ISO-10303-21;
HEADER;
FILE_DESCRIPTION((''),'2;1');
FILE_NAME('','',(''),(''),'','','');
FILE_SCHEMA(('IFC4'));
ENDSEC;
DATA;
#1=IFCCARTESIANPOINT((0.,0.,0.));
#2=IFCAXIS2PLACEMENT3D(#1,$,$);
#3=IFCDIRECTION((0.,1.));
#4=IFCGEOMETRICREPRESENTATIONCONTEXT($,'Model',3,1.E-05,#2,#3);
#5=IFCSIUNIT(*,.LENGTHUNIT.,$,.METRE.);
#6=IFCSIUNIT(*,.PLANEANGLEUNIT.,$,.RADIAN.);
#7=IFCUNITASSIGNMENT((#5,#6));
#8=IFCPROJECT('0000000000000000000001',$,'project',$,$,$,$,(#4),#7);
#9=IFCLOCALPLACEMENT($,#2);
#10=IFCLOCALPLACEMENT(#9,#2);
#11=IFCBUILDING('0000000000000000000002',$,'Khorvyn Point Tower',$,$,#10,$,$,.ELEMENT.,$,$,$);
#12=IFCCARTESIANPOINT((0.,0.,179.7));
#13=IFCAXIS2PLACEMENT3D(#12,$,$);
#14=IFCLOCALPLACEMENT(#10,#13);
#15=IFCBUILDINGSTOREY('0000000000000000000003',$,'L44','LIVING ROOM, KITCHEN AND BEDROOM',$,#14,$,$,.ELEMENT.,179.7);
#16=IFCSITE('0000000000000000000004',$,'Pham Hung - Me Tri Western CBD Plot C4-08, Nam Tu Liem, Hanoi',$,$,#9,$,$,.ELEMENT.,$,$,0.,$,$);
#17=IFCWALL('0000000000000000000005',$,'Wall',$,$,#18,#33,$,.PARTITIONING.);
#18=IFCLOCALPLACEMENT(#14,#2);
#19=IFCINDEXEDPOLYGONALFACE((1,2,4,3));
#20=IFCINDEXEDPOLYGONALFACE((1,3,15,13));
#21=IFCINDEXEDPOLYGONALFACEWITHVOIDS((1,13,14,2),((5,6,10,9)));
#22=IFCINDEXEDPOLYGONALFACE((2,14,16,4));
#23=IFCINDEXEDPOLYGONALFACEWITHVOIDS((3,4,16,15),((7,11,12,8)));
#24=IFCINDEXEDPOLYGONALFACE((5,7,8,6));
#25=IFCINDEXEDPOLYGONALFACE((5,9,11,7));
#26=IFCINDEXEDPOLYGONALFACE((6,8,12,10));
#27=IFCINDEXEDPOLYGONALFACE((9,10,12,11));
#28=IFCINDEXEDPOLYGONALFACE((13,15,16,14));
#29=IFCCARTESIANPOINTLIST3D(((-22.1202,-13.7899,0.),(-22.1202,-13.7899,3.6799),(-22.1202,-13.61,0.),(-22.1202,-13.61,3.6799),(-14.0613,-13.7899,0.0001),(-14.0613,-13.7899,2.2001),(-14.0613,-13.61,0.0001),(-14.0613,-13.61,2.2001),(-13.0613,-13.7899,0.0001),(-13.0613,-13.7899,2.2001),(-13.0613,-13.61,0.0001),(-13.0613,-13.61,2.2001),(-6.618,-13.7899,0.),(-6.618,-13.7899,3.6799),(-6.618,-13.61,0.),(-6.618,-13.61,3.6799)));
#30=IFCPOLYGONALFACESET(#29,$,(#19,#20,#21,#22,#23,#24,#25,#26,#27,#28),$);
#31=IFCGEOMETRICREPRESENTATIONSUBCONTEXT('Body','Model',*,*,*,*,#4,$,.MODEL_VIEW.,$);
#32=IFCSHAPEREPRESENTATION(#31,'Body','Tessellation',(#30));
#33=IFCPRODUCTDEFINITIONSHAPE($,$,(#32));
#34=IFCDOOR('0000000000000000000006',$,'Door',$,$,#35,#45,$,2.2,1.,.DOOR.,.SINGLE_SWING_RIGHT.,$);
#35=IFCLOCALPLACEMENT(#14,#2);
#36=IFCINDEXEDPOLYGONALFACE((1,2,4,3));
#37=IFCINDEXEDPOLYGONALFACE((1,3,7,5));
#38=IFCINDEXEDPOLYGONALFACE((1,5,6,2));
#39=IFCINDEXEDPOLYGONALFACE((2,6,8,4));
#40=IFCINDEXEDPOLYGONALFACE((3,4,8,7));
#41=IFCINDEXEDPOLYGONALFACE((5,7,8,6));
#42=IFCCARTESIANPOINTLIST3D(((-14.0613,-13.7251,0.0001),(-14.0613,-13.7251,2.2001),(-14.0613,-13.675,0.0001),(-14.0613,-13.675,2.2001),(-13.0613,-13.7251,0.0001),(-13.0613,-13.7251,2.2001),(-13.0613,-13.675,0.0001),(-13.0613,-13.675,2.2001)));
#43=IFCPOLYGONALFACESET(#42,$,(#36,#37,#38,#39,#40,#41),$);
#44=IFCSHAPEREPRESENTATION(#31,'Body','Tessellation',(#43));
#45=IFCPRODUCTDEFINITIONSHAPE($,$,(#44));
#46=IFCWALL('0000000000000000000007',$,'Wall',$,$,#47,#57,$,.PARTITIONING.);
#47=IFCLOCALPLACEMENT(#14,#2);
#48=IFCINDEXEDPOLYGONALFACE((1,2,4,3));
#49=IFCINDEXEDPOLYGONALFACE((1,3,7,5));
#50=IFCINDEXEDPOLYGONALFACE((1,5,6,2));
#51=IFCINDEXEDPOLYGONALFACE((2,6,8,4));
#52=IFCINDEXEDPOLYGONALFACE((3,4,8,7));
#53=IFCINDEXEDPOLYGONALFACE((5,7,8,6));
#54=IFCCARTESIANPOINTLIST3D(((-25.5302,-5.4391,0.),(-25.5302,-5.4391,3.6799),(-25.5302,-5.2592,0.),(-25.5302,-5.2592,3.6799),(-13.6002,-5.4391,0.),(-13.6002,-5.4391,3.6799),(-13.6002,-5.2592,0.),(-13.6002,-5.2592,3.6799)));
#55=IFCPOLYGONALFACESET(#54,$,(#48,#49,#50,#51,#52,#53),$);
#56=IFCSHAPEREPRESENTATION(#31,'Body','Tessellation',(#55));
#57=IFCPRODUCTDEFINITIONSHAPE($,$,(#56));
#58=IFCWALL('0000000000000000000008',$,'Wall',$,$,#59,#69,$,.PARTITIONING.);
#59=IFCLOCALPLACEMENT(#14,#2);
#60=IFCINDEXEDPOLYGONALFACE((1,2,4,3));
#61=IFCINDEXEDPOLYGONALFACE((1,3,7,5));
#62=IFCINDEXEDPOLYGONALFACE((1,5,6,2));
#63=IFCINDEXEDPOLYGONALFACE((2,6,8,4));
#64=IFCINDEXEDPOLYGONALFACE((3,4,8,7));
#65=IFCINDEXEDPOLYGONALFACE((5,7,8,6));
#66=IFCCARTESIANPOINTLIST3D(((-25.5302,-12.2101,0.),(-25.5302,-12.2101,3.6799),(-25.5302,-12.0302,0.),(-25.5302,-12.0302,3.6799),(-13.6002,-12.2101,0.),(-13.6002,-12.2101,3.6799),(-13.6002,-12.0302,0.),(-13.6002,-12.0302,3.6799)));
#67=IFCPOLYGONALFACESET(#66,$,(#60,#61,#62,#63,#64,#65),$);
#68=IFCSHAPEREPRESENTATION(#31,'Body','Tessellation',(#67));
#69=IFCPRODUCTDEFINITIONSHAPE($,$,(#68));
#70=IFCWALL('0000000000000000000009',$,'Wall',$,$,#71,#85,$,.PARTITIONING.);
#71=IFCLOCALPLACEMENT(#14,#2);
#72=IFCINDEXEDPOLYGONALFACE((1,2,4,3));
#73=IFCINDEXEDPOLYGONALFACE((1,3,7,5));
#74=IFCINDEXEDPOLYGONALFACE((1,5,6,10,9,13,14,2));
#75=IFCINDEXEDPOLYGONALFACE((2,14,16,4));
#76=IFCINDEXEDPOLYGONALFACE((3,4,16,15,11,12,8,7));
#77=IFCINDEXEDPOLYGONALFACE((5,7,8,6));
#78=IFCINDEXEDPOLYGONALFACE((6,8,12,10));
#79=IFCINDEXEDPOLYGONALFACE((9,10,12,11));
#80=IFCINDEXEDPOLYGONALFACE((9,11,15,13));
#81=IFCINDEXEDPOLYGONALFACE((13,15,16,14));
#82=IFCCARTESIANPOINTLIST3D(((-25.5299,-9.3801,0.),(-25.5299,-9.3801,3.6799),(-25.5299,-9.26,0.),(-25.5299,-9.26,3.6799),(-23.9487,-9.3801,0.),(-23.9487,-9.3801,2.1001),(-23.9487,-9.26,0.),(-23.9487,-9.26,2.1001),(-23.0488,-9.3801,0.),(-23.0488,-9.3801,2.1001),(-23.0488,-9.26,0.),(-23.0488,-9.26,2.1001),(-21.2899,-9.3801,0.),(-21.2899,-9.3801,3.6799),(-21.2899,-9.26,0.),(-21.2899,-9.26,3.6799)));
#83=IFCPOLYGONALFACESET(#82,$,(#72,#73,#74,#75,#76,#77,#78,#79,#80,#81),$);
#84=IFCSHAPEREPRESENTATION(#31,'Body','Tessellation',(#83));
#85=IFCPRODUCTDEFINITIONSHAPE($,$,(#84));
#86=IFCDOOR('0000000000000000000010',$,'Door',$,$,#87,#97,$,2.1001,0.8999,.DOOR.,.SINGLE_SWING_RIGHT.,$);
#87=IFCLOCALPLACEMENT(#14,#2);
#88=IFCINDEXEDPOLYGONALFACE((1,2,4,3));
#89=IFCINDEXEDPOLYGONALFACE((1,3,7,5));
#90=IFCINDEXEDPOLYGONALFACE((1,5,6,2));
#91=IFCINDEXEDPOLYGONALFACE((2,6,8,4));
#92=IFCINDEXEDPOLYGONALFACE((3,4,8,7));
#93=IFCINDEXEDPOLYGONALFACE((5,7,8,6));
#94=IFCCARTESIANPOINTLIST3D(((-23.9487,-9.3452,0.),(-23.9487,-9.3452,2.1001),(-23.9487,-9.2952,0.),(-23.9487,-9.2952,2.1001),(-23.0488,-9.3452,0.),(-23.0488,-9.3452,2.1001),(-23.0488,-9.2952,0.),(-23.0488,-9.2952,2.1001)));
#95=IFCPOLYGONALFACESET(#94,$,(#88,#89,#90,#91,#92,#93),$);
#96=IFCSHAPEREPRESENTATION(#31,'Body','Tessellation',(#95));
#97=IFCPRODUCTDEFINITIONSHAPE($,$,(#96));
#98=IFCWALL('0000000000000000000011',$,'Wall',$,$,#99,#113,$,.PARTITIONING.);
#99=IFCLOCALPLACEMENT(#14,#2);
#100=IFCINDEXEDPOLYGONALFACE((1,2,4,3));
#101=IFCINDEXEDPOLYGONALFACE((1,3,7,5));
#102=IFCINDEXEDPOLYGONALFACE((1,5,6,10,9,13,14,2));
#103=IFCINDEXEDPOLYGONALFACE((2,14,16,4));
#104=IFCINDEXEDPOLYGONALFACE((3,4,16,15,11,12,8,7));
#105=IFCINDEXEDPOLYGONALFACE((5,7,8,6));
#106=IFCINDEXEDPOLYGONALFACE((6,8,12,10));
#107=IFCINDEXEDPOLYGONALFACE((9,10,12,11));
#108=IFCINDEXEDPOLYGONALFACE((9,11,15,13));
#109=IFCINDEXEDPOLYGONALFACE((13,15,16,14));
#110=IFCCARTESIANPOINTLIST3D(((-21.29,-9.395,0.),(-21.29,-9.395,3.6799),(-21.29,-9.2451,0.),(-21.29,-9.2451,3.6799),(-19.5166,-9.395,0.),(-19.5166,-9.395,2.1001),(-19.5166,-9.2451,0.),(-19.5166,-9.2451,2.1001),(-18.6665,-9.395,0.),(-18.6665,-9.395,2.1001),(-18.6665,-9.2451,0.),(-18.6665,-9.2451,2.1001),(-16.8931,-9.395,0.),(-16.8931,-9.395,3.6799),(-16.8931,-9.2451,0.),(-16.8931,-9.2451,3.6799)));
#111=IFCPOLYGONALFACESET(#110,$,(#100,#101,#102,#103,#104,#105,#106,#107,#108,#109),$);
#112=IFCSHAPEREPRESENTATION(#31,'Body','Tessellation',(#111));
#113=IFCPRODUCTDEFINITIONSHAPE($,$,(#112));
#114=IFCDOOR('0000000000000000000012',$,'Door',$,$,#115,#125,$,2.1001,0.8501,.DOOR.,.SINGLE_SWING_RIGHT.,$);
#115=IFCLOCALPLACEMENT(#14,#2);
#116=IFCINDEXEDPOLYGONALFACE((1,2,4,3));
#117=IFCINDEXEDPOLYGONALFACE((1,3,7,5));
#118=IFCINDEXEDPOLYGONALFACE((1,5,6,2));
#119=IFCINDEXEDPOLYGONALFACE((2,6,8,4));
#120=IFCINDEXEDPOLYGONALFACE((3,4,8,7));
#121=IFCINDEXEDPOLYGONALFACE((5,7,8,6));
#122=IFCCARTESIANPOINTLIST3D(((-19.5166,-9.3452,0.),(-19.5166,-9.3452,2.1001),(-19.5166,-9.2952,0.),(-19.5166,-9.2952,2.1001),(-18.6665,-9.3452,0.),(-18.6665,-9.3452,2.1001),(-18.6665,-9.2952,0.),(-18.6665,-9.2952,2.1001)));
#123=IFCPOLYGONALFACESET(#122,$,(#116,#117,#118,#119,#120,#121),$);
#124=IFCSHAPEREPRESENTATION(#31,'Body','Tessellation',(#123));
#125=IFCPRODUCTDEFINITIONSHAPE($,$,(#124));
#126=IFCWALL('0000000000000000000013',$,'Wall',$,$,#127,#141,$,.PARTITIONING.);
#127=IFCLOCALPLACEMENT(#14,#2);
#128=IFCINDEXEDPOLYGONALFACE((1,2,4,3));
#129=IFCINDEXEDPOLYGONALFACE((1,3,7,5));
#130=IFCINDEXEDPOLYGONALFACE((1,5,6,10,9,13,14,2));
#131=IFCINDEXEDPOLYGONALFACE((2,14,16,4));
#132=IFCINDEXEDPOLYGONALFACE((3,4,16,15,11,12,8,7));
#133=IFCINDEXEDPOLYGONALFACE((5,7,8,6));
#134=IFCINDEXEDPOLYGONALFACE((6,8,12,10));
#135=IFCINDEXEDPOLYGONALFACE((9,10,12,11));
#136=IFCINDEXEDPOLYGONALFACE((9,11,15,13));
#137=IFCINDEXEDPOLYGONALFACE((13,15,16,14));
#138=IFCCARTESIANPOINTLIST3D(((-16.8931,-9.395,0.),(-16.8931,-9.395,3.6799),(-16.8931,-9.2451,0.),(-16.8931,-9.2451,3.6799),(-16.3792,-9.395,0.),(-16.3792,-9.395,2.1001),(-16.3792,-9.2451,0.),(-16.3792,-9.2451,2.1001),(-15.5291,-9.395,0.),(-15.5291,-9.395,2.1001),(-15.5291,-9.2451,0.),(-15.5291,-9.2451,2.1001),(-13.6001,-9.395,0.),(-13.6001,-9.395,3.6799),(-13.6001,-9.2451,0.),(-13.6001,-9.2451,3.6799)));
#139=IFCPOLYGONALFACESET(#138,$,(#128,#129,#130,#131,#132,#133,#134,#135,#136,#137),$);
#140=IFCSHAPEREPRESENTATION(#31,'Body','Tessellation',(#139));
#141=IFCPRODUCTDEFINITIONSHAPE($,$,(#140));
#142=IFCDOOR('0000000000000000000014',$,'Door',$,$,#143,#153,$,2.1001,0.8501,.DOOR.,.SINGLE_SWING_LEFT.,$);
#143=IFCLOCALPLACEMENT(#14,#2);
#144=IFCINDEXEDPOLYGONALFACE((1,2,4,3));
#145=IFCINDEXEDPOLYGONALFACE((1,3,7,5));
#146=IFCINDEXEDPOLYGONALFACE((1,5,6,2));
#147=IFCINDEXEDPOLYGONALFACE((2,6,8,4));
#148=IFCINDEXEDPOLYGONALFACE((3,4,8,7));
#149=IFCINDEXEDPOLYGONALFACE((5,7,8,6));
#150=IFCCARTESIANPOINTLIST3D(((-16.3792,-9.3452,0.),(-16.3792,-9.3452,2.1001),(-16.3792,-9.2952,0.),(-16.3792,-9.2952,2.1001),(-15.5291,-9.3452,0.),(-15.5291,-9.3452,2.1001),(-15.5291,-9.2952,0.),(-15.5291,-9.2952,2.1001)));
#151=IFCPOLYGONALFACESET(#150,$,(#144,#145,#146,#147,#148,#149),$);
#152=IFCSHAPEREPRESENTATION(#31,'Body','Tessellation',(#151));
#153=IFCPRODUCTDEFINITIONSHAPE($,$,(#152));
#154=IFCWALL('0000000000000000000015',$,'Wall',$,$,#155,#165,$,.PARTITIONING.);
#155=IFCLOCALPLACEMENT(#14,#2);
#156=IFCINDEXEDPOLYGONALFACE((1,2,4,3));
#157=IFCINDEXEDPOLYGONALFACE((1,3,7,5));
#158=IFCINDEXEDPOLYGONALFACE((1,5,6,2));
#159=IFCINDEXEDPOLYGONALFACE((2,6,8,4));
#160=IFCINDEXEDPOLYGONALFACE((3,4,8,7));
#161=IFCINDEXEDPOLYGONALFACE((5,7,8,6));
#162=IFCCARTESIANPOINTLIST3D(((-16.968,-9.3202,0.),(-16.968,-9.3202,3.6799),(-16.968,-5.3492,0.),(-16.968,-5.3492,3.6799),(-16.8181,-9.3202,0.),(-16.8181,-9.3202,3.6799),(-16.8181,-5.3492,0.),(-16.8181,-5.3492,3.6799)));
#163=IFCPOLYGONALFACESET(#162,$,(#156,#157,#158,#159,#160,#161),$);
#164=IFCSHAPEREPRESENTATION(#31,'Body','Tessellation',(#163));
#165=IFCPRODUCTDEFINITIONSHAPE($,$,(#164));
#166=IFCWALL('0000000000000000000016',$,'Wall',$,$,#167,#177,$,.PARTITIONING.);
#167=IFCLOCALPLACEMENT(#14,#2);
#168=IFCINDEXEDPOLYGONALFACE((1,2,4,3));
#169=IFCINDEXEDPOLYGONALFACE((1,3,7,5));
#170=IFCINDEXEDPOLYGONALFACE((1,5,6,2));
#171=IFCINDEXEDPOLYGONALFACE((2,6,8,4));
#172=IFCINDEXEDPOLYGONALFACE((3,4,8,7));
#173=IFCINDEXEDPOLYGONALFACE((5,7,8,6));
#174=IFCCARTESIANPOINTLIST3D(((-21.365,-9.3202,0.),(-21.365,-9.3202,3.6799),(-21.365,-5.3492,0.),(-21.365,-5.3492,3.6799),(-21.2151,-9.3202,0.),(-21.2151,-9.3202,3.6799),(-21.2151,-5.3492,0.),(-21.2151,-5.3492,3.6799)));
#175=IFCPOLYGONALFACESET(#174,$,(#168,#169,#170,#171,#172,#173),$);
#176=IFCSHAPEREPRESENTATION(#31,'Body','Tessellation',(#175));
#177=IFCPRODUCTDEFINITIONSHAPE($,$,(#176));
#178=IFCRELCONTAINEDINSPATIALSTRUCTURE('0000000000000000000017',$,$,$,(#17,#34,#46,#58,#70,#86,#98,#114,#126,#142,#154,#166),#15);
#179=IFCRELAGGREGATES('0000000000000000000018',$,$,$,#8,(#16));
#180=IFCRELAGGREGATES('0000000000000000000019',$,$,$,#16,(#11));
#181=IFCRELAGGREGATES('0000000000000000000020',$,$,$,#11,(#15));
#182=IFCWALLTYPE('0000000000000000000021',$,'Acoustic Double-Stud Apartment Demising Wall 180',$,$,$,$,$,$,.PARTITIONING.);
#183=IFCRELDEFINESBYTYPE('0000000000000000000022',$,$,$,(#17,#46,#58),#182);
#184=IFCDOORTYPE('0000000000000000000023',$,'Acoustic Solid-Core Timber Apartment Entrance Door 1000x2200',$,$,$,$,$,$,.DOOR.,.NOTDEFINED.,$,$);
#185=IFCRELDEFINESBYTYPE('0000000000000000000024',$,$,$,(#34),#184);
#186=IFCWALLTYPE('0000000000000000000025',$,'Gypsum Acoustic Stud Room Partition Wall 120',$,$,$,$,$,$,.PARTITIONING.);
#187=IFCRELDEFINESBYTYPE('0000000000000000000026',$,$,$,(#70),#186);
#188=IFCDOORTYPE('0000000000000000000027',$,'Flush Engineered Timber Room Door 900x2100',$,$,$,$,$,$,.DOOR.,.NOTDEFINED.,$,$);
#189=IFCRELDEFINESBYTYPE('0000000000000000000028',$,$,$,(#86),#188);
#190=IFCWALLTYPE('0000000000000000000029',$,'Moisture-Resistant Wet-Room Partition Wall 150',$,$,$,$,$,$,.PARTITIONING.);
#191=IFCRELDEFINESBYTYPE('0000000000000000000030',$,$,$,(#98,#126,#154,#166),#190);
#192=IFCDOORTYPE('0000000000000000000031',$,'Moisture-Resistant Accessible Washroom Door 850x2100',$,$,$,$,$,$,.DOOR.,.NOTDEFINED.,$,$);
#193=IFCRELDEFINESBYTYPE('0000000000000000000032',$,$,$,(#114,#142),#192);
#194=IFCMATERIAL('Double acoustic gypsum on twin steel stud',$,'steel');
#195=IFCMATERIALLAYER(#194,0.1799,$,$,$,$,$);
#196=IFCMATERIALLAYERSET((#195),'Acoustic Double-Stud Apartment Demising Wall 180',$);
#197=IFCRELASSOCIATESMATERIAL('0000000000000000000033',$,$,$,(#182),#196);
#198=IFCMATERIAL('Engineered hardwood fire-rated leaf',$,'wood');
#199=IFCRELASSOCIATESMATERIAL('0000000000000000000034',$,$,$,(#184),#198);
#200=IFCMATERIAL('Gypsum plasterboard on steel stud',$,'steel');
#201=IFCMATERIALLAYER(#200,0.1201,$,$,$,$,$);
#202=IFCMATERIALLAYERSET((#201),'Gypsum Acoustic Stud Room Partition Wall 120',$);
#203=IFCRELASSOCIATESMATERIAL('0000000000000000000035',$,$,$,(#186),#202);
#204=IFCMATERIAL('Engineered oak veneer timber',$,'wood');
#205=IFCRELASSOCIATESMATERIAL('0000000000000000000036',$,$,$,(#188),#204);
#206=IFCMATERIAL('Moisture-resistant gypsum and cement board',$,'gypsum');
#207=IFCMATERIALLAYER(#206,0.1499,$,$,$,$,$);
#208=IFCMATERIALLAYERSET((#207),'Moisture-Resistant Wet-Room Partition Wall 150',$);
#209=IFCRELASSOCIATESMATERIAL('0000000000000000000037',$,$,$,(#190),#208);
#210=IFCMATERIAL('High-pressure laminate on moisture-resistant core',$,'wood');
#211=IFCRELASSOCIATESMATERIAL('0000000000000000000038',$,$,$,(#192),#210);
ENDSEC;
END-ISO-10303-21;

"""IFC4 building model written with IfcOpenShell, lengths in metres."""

from ifc_helpers import new_model, si_unit, direction, frame, frame_2d, origin, place, context, subcontext, project, spatial, rectangle, extrude, material, layer, layer_set, type_object, element, fill, save


model = new_model("IFC4")

# Units and contexts
model_context = context("Model", 3, precision=1e-05, world=origin(), true_north=direction((0.0, 1.0)))
body_context = subcontext(model_context, "Body", "Model", "MODEL_VIEW")
ifc_project = project(units=[si_unit("LENGTHUNIT", "METRE"), si_unit("PLANEANGLEUNIT", "RADIAN")], contexts=[model_context])

# Site, building, storey
site_placement = place(None, origin())
site = spatial("IfcSite", under=ifc_project, at=site_placement, Name="Pham Hung - Me Tri Western CBD Plot C4-08, Nam Tu Liem, Hanoi", CompositionType="ELEMENT", RefElevation=0.0)
building_placement = place(site_placement, origin())
building = spatial("IfcBuilding", under=site, at=building_placement, Name="Khorvyn Point Tower", CompositionType="ELEMENT")
storey_placement = place(building_placement, frame((0.0, 0.0, 179.7)))
storey = spatial("IfcBuildingStorey", under=building, at=storey_placement, Name="L44", Description="LIVING ROOM, KITCHEN AND BEDROOM", CompositionType="ELEMENT", Elevation=179.7)

# Wall, opening, door
ifc_material_1 = material(Name="Double acoustic gypsum on twin steel stud", Category="steel")
ifc_layer_1 = layer(ifc_material_1, 0.1799)
ifc_layer_set_1 = layer_set([ifc_layer_1], Name="Acoustic Double-Stud Apartment Demising Wall 180")
wall_type_1 = type_object("IfcWallType", Name="Acoustic Double-Stud Apartment Demising Wall 180", PredefinedType="PARTITIONING", material=ifc_layer_set_1)
wall_1_placement = place(storey_placement, frame((-22.1201, -13.7, 0.0), z_axis=(0.0, 0.0, 1.0), x_axis=(1.0, 0.0, 0.0)))
wall_1 = element("IfcWall", 1, at=wall_1_placement, inside=storey, type_object=wall_type_1, Name="Wall", PredefinedType="PARTITIONING", context=body_context, shape_type="SweptSolid", body=[
    extrude(rectangle(XDim=15.5022, YDim=0.1799, at=frame_2d((7.751, 0.0))), origin(), (0.0, 0.0, 1.0), 3.6799),
])
opening_1_placement = place(wall_1_placement, frame((8.0588, 0.0, 0.0)))
opening_1 = element("IfcOpeningElement", 2, at=opening_1_placement, cuts=wall_1, PredefinedType="OPENING", context=body_context, shape_type="SweptSolid", body=[
    extrude(rectangle(XDim=1.0, YDim=2.2, at=frame_2d((0.5, 1.1001))), frame((0.0, 0.0999, 0.0), z_axis=(0.0, -1.0, 0.0), x_axis=(1.0, 0.0, 0.0)), (0.0, 0.0, 1.0), 0.2),
])
ifc_material_2 = material(Name="Engineered hardwood fire-rated leaf", Category="wood")
door_type_1 = type_object("IfcDoorType", Name="Acoustic Solid-Core Timber Apartment Entrance Door 1000x2200", OperationType="NOTDEFINED", PredefinedType="DOOR", material=ifc_material_2)
door_1_placement = place(opening_1_placement, origin())
door_1 = element("IfcDoor", 3, at=door_1_placement, inside=storey, type_object=door_type_1, Name="Door", OperationType="SINGLE_SWING_RIGHT", OverallHeight=2.2, OverallWidth=1.0, PredefinedType="DOOR", context=body_context, shape_type="SweptSolid", body=[
    extrude(rectangle(XDim=1.0, YDim=2.2, at=frame_2d((0.5, 1.1001))), frame((0.0, 0.0249, 0.0), z_axis=(0.0, -1.0, 0.0), x_axis=(1.0, 0.0, 0.0)), (0.0, 0.0, 1.0), 0.05),
])
fill(opening_1, door_1)

# Walls
for number, where, z_axis, x_axis, name in (
    (4, (-25.53, -5.3491, 0.0), (0.0, 0.0, 1.0), (1.0, 0.0, 0.0), "Wall"),
    (5, (-25.53, -12.1201, 0.0), (0.0, 0.0, 1.0), (1.0, 0.0, 0.0), "Wall"),
):
    element("IfcWall", number, at=place(storey_placement, frame(where, z_axis=z_axis, x_axis=x_axis)), inside=storey, type_object=wall_type_1, Name=name, PredefinedType="PARTITIONING", context=body_context, shape_type="SweptSolid", body=[
        extrude(rectangle(XDim=11.9299, YDim=0.1799, at=frame_2d((5.9648, 0.0))), origin(), (0.0, 0.0, 1.0), 3.6799),
    ])

# Walls, openings, doors
ifc_material_3 = material(Name="Gypsum plasterboard on steel stud", Category="steel")
ifc_layer_2 = layer(ifc_material_3, 0.1201)
ifc_layer_set_2 = layer_set([ifc_layer_2], Name="Gypsum Acoustic Stud Room Partition Wall 120")
wall_type_2 = type_object("IfcWallType", Name="Gypsum Acoustic Stud Room Partition Wall 120", PredefinedType="PARTITIONING", material=ifc_layer_set_2)
wall_2_placement = place(storey_placement, frame((-25.53, -9.3201, 0.0), z_axis=(0.0, 0.0, 1.0), x_axis=(1.0, 0.0, 0.0)))
wall_2 = element("IfcWall", 6, at=wall_2_placement, inside=storey, type_object=wall_type_2, Name="Wall", PredefinedType="PARTITIONING", context=body_context, shape_type="SweptSolid", body=[
    extrude(rectangle(XDim=4.24, YDim=0.1201, at=frame_2d((2.1201, 0.0))), origin(), (0.0, 0.0, 1.0), 3.6799),
])
opening_2_placement = place(wall_2_placement, frame((1.5813, 0.0, 0.0)))
opening_2 = element("IfcOpeningElement", 7, at=opening_2_placement, cuts=wall_2, PredefinedType="OPENING", context=body_context, shape_type="SweptSolid", body=[
    extrude(rectangle(XDim=0.8999, YDim=2.1001, at=frame_2d((0.45, 1.05))), frame((0.0, 0.0701, 0.0), z_axis=(0.0, -1.0, 0.0), x_axis=(1.0, 0.0, 0.0)), (0.0, 0.0, 1.0), 0.1401),
])
ifc_material_4 = material(Name="Engineered oak veneer timber", Category="wood")
door_type_2 = type_object("IfcDoorType", Name="Flush Engineered Timber Room Door 900x2100", OperationType="NOTDEFINED", PredefinedType="DOOR", material=ifc_material_4)
door_2_placement = place(opening_2_placement, origin())
door_2 = element("IfcDoor", 8, at=door_2_placement, inside=storey, type_object=door_type_2, Name="Door", OperationType="SINGLE_SWING_RIGHT", OverallHeight=2.1001, OverallWidth=0.8999, PredefinedType="DOOR", context=body_context, shape_type="SweptSolid", body=[
    extrude(rectangle(XDim=0.8999, YDim=2.1001, at=frame_2d((0.45, 1.05))), frame((0.0, 0.0249, 0.0), z_axis=(0.0, -1.0, 0.0), x_axis=(1.0, 0.0, 0.0)), (0.0, 0.0, 1.0), 0.05),
])
fill(opening_2, door_2)
ifc_material_5 = material(Name="Moisture-resistant gypsum and cement board", Category="gypsum")
ifc_layer_3 = layer(ifc_material_5, 0.1499)
ifc_layer_set_3 = layer_set([ifc_layer_3], Name="Moisture-Resistant Wet-Room Partition Wall 150")
wall_type_3 = type_object("IfcWallType", Name="Moisture-Resistant Wet-Room Partition Wall 150", PredefinedType="PARTITIONING", material=ifc_layer_set_3)
wall_3_placement = place(storey_placement, frame((-21.29, -9.3201, 0.0), z_axis=(0.0, 0.0, 1.0), x_axis=(1.0, 0.0, 0.0)))
wall_3 = element("IfcWall", 9, at=wall_3_placement, inside=storey, type_object=wall_type_3, Name="Wall", PredefinedType="PARTITIONING", context=body_context, shape_type="SweptSolid", body=[
    extrude(rectangle(XDim=4.397, YDim=0.1499, at=frame_2d((2.1985, 0.0))), origin(), (0.0, 0.0, 1.0), 3.6799),
])
opening_3_placement = place(wall_3_placement, frame((1.7734, 0.0, 0.0)))
opening_3 = element("IfcOpeningElement", 10, at=opening_3_placement, cuts=wall_3, PredefinedType="OPENING", context=body_context, shape_type="SweptSolid", body=[
    extrude(rectangle(XDim=0.8501, YDim=2.1001, at=frame_2d((0.425, 1.05))), frame((0.0, 0.085, 0.0), z_axis=(0.0, -1.0, 0.0), x_axis=(1.0, 0.0, 0.0)), (0.0, 0.0, 1.0), 0.1699),
])
ifc_material_6 = material(Name="High-pressure laminate on moisture-resistant core", Category="wood")
door_type_3 = type_object("IfcDoorType", Name="Moisture-Resistant Accessible Washroom Door 850x2100", OperationType="NOTDEFINED", PredefinedType="DOOR", material=ifc_material_6)
door_3_placement = place(opening_3_placement, origin())
door_3 = element("IfcDoor", 11, at=door_3_placement, inside=storey, type_object=door_type_3, Name="Door", OperationType="SINGLE_SWING_RIGHT", OverallHeight=2.1001, OverallWidth=0.8501, PredefinedType="DOOR", context=body_context, shape_type="SweptSolid", body=[
    extrude(rectangle(XDim=0.8501, YDim=2.1001, at=frame_2d((0.425, 1.05))), frame((0.0, 0.0249, 0.0), z_axis=(0.0, -1.0, 0.0), x_axis=(1.0, 0.0, 0.0)), (0.0, 0.0, 1.0), 0.05),
])
fill(opening_3, door_3)
wall_4_placement = place(storey_placement, frame((-16.8931, -9.3201, 0.0), z_axis=(0.0, 0.0, 1.0), x_axis=(1.0, 0.0, 0.0)))
wall_4 = element("IfcWall", 12, at=wall_4_placement, inside=storey, type_object=wall_type_3, Name="Wall", PredefinedType="PARTITIONING", context=body_context, shape_type="SweptSolid", body=[
    extrude(rectangle(XDim=3.293, YDim=0.1499, at=frame_2d((1.6465, 0.0))), origin(), (0.0, 0.0, 1.0), 3.6799),
])
opening_4_placement = place(wall_4_placement, frame((0.5139, 0.0, 0.0)))
opening_4 = element("IfcOpeningElement", 13, at=opening_4_placement, cuts=wall_4, PredefinedType="OPENING", context=body_context, shape_type="SweptSolid", body=[
    extrude(rectangle(XDim=0.8501, YDim=2.1001, at=frame_2d((0.425, 1.05))), frame((0.0, 0.085, 0.0), z_axis=(0.0, -1.0, 0.0), x_axis=(1.0, 0.0, 0.0)), (0.0, 0.0, 1.0), 0.1699),
])
door_4_placement = place(opening_4_placement, origin())
door_4 = element("IfcDoor", 14, at=door_4_placement, inside=storey, type_object=door_type_3, Name="Door", OperationType="SINGLE_SWING_LEFT", OverallHeight=2.1001, OverallWidth=0.8501, PredefinedType="DOOR", context=body_context, shape_type="SweptSolid", body=[
    extrude(rectangle(XDim=0.8501, YDim=2.1001, at=frame_2d((0.425, 1.05))), frame((0.0, 0.0249, 0.0), z_axis=(0.0, -1.0, 0.0), x_axis=(1.0, 0.0, 0.0)), (0.0, 0.0, 1.0), 0.05),
])
fill(opening_4, door_4)

# Walls
for number, where, z_axis, x_axis, name in (
    (15, (-16.8931, -9.3201, 0.0), (0.0, 0.0, 1.0), (0.0, 1.0, 0.0), "Wall"),
    (16, (-21.29, -9.3201, 0.0), (0.0, 0.0, 1.0), (0.0, 1.0, 0.0), "Wall"),
):
    element("IfcWall", number, at=place(storey_placement, frame(where, z_axis=z_axis, x_axis=x_axis)), inside=storey, type_object=wall_type_3, Name=name, PredefinedType="PARTITIONING", context=body_context, shape_type="SweptSolid", body=[
        extrude(rectangle(XDim=3.9709, YDim=0.1499, at=frame_2d((1.9854, 0.0))), origin(), (0.0, 0.0, 1.0), 3.6799),
    ])

save(model, "model.ifc")
